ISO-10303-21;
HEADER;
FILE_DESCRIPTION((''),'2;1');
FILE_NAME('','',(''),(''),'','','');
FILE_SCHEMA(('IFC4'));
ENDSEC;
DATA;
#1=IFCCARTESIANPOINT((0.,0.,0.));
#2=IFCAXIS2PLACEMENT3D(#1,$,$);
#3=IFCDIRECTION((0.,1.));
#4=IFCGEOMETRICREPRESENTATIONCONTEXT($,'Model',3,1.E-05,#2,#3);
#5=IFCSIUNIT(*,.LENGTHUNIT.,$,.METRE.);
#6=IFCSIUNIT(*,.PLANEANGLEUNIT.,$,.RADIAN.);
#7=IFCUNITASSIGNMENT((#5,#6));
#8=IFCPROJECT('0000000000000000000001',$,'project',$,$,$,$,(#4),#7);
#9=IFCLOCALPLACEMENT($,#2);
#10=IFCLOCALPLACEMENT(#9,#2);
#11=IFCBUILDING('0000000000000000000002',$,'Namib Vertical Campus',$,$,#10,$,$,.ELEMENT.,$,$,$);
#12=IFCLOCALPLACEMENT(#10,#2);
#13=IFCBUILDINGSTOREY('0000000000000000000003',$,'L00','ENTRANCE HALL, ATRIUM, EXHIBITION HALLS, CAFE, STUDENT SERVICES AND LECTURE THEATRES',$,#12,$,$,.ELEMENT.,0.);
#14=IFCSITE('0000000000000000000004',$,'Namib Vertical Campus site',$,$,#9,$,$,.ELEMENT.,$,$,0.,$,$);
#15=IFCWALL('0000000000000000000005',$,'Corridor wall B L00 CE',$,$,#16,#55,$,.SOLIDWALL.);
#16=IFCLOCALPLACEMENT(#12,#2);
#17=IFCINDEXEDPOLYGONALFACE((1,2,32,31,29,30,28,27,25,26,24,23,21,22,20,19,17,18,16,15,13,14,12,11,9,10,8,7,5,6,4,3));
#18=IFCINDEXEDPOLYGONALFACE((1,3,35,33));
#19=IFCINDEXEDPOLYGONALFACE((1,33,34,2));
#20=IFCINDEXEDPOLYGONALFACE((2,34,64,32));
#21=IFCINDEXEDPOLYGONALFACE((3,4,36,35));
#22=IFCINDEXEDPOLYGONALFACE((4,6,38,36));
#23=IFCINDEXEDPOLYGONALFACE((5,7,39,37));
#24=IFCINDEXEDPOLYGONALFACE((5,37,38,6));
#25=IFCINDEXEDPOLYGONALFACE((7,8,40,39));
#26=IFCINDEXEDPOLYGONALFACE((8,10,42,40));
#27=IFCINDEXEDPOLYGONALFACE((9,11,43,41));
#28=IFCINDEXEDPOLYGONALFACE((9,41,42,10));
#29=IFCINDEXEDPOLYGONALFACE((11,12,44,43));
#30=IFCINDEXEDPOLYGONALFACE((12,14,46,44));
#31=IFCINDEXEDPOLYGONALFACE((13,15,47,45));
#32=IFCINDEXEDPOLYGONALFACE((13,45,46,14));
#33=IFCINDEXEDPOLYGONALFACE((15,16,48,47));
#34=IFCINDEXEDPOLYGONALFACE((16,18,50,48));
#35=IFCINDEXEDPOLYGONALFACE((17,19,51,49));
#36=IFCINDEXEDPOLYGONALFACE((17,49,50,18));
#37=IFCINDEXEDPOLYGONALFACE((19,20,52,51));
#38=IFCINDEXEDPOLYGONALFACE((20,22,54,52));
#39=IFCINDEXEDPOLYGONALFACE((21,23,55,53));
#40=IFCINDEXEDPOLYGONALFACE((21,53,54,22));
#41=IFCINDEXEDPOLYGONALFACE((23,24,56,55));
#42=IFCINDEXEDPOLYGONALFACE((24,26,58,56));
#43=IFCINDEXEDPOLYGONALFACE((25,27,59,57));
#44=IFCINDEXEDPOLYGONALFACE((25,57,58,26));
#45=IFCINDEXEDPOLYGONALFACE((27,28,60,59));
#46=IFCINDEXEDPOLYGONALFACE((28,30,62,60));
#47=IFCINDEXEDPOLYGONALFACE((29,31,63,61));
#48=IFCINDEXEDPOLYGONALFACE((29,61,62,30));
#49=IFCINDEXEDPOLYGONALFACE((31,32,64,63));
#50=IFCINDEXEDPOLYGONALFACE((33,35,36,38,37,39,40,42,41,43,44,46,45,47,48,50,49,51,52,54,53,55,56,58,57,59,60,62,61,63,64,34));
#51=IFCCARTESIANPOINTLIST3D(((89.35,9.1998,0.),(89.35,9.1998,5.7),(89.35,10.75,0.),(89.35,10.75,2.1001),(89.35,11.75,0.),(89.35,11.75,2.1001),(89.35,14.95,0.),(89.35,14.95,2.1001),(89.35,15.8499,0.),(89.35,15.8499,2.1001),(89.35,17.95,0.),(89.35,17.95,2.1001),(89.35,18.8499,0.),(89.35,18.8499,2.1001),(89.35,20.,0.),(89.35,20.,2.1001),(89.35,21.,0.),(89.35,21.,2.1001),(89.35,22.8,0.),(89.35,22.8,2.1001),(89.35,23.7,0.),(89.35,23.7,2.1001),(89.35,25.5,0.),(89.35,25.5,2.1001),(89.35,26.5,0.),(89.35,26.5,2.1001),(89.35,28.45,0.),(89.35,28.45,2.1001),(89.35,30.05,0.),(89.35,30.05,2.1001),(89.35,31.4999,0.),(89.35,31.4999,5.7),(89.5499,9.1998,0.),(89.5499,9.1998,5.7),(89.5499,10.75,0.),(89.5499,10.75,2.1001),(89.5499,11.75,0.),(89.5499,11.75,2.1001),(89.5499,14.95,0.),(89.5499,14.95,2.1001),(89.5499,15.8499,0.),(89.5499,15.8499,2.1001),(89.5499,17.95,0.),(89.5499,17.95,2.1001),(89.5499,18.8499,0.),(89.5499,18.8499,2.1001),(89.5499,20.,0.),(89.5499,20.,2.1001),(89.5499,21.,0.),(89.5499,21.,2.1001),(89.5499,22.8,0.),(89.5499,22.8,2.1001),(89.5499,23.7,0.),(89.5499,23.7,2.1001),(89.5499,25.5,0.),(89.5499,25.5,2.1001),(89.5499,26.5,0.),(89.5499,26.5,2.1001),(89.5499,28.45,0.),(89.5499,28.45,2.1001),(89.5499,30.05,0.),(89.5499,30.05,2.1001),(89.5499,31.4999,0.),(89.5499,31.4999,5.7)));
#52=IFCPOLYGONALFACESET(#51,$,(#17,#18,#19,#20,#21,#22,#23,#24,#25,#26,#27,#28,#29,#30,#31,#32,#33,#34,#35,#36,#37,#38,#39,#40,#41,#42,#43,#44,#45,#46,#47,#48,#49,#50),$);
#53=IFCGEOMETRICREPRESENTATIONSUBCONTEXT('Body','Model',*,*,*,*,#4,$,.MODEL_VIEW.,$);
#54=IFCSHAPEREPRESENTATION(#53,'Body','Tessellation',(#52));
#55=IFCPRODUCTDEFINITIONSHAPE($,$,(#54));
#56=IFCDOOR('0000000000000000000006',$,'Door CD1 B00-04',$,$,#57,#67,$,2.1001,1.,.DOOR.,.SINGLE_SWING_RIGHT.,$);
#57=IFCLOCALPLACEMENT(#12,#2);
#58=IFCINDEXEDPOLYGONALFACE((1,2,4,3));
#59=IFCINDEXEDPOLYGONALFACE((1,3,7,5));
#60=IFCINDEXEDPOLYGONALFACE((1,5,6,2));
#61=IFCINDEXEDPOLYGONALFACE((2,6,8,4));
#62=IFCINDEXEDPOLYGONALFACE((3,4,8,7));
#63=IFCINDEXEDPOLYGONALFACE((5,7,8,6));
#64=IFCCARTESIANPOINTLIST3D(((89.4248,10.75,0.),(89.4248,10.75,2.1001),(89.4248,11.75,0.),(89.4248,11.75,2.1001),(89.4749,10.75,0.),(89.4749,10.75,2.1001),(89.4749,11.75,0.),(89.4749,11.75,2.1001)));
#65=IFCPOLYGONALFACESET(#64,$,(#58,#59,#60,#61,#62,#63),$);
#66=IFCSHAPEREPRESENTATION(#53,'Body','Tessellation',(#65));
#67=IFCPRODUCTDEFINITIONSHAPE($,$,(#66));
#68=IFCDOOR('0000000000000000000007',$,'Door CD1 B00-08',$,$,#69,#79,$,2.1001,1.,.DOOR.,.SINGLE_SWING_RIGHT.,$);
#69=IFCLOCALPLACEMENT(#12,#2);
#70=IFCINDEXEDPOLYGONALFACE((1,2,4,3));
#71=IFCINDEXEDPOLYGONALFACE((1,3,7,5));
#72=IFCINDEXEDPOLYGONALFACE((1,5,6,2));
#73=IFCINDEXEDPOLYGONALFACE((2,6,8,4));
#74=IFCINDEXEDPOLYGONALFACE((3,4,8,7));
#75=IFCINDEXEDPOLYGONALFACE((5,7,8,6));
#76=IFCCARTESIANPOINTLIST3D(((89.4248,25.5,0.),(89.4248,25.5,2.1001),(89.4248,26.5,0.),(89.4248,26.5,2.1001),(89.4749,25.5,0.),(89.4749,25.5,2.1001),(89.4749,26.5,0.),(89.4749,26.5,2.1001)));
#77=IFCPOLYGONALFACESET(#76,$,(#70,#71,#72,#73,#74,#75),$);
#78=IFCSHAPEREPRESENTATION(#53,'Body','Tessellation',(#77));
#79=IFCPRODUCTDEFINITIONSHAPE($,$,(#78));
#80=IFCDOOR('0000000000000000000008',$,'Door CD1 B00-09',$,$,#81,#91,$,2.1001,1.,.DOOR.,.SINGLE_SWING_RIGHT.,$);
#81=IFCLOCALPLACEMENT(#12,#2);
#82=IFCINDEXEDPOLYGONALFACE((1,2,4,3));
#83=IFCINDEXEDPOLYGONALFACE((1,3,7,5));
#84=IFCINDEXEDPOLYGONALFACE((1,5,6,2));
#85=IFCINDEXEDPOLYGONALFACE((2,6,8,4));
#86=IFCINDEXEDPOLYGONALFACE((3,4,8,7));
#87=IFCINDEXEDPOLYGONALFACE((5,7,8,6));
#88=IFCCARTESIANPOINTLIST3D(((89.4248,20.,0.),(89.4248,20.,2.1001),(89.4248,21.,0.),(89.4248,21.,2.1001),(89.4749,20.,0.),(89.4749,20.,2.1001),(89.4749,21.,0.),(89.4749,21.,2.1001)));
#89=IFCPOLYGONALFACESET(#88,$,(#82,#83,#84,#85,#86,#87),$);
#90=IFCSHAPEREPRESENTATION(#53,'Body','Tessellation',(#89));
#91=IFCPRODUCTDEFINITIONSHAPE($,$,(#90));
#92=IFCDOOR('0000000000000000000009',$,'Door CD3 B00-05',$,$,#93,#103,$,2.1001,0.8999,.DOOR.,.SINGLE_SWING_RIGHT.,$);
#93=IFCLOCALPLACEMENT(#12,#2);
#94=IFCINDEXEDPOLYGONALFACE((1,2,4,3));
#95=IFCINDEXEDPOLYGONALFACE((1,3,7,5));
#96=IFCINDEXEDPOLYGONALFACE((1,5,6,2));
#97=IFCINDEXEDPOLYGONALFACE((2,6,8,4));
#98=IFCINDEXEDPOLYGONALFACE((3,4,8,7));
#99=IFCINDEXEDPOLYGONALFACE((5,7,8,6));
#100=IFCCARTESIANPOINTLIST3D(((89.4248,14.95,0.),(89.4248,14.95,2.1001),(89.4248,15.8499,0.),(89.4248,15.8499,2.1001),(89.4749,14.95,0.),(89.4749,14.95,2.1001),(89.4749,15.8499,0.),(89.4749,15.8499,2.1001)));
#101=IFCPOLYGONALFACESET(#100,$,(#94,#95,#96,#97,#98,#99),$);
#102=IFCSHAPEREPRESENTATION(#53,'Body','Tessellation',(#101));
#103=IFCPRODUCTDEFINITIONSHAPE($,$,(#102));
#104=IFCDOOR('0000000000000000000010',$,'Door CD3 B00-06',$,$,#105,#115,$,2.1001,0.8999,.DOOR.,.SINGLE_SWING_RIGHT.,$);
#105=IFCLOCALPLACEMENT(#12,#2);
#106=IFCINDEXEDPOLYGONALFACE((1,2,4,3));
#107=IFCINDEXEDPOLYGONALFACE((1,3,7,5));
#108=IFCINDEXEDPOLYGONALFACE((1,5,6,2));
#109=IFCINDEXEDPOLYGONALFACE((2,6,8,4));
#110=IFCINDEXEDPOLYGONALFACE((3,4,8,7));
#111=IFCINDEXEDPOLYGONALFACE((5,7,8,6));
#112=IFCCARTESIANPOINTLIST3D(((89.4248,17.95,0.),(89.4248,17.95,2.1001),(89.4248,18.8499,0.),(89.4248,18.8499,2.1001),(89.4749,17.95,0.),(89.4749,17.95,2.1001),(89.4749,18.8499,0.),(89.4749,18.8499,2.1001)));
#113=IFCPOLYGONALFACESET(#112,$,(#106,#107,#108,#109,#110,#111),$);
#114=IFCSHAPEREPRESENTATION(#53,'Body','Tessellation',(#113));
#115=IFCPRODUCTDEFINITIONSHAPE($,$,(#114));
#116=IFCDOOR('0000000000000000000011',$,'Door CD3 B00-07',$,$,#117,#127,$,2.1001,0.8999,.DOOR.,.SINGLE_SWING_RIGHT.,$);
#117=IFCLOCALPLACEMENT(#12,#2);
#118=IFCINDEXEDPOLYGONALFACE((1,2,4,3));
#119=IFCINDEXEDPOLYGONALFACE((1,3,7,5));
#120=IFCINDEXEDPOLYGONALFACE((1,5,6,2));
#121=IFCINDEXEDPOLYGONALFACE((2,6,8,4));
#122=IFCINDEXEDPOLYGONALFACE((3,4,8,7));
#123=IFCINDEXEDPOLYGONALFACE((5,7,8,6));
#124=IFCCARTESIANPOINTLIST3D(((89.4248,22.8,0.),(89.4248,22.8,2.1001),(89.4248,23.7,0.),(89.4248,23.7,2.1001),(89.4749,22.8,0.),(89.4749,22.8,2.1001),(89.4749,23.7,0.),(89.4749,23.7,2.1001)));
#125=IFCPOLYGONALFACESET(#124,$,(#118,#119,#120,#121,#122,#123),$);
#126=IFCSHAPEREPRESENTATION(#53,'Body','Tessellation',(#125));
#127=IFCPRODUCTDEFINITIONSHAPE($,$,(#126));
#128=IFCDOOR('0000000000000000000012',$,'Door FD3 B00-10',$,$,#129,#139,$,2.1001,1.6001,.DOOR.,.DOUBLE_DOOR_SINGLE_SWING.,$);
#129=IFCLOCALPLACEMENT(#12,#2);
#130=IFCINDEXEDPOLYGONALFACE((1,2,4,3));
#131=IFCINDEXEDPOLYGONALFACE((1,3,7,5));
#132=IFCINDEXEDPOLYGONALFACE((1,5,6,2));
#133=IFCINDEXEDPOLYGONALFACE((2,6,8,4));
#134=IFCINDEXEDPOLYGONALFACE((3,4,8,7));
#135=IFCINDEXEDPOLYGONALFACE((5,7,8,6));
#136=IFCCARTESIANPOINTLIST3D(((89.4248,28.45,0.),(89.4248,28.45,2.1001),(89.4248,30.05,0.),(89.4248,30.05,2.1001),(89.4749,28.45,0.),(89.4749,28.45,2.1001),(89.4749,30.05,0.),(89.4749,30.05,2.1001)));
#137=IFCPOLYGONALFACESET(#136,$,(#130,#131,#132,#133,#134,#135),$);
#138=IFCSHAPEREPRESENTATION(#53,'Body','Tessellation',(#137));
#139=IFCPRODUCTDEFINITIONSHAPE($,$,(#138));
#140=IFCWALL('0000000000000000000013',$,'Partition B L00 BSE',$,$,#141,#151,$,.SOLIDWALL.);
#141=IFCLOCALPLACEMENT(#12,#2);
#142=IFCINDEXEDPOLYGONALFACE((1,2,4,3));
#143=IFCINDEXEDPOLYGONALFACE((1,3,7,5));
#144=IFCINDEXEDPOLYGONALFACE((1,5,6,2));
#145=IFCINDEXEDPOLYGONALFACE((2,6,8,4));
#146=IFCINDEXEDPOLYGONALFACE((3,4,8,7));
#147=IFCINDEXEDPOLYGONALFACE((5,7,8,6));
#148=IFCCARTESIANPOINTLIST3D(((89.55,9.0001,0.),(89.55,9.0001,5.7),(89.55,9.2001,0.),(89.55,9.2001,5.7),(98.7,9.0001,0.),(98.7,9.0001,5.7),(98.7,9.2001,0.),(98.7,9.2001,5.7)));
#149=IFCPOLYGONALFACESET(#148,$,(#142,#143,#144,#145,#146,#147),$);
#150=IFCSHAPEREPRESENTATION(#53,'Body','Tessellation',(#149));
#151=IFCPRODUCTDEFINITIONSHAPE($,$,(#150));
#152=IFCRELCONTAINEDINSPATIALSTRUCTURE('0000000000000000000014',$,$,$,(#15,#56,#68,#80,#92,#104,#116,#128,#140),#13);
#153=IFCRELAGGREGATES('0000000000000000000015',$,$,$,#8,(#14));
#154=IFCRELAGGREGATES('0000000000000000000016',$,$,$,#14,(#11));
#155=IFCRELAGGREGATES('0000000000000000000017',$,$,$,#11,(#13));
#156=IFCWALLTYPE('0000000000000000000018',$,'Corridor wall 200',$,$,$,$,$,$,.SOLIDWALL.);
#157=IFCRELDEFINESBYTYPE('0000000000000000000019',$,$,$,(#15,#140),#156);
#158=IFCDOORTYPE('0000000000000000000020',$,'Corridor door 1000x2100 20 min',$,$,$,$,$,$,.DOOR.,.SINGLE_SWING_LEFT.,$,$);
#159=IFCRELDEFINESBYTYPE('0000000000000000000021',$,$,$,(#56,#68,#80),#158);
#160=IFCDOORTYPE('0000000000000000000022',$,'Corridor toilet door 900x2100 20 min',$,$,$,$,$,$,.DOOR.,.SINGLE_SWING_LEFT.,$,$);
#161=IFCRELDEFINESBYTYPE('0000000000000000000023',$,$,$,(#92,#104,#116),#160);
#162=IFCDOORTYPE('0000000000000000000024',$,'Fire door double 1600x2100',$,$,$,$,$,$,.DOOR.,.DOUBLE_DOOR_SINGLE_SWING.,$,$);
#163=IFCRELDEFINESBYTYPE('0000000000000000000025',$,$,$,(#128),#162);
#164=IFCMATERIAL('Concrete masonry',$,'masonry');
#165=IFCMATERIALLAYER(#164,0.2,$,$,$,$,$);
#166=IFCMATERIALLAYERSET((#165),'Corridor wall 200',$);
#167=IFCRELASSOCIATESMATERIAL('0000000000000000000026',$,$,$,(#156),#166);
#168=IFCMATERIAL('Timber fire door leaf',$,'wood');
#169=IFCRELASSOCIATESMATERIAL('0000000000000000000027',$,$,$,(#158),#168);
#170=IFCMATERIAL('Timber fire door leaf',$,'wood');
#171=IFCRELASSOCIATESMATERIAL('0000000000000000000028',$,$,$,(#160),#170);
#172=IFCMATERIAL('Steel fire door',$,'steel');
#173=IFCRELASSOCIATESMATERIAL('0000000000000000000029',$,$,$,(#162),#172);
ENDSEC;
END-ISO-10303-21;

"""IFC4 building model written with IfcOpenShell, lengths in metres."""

from ifc_helpers import new_model, si_unit, direction, frame, frame_2d, origin, place, context, subcontext, project, spatial, rectangle, extrude, material, layer, layer_set, type_object, element, fill, save


model = new_model("IFC4")

# Units and contexts
model_context = context("Model", 3, precision=1e-05, world=origin(), true_north=direction((0.0, 1.0)))
body_context = subcontext(model_context, "Body", "Model", "MODEL_VIEW")
ifc_project = project(units=[si_unit("LENGTHUNIT", "METRE"), si_unit("PLANEANGLEUNIT", "RADIAN")], contexts=[model_context])

# Site, building, storey
site_placement = place(None, origin())
site = spatial("IfcSite", under=ifc_project, at=site_placement, Name="Namib Vertical Campus site", CompositionType="ELEMENT", RefElevation=0.0)
building_placement = place(site_placement, origin())
building = spatial("IfcBuilding", under=site, at=building_placement, Name="Namib Vertical Campus", CompositionType="ELEMENT")
storey_placement = place(building_placement, origin())
storey = spatial("IfcBuildingStorey", under=building, at=storey_placement, Name="L00", Description="ENTRANCE HALL, ATRIUM, EXHIBITION HALLS, CAFE, STUDENT SERVICES AND LECTURE THEATRES", CompositionType="ELEMENT", Elevation=0.0)

# Wall, openings, doors
ifc_material_1 = material(Name="Concrete masonry", Category="masonry")
ifc_layer = layer(ifc_material_1, 0.2)
ifc_layer_set = layer_set([ifc_layer], Name="Corridor wall 200")
wall_type = type_object("IfcWallType", Name="Corridor wall 200", PredefinedType="SOLIDWALL", material=ifc_layer_set)
wall_1_placement = place(storey_placement, frame((89.45, 9.2, 0.0), z_axis=(0.0, 0.0, 1.0), x_axis=(0.0, 1.0, 0.0)))
wall_1 = element("IfcWall", 1, at=wall_1_placement, inside=storey, type_object=wall_type, Name="Corridor wall B L00 CE", PredefinedType="SOLIDWALL", context=body_context, shape_type="SweptSolid", body=[
    extrude(rectangle(XDim=22.3, YDim=0.2, at=frame_2d((11.1499, 0.0))), origin(), (0.0, 0.0, 1.0), 5.7),
])
opening_1_placement = place(wall_1_placement, frame((1.55, 0.0, 0.0)))
opening_1 = element("IfcOpeningElement", 2, at=opening_1_placement, cuts=wall_1, PredefinedType="OPENING", context=body_context, shape_type="SweptSolid", body=[
    extrude(rectangle(XDim=1.0, YDim=2.1001, at=frame_2d((0.5, 1.05))), frame((0.0, 0.1099, 0.0), z_axis=(0.0, -1.0, 0.0), x_axis=(1.0, 0.0, 0.0)), (0.0, 0.0, 1.0), 0.22),
])
opening_2_placement = place(wall_1_placement, frame((5.75, 0.0, 0.0)))
opening_2 = element("IfcOpeningElement", 3, at=opening_2_placement, cuts=wall_1, PredefinedType="OPENING", context=body_context, shape_type="SweptSolid", body=[
    extrude(rectangle(XDim=0.8999, YDim=2.1001, at=frame_2d((0.45, 1.05))), frame((0.0, 0.1099, 0.0), z_axis=(0.0, -1.0, 0.0), x_axis=(1.0, 0.0, 0.0)), (0.0, 0.0, 1.0), 0.22),
])
opening_3_placement = place(wall_1_placement, frame((8.75, 0.0, 0.0)))
opening_3 = element("IfcOpeningElement", 4, at=opening_3_placement, cuts=wall_1, PredefinedType="OPENING", context=body_context, shape_type="SweptSolid", body=[
    extrude(rectangle(XDim=0.8999, YDim=2.1001, at=frame_2d((0.45, 1.05))), frame((0.0, 0.1099, 0.0), z_axis=(0.0, -1.0, 0.0), x_axis=(1.0, 0.0, 0.0)), (0.0, 0.0, 1.0), 0.22),
])
opening_4_placement = place(wall_1_placement, frame((13.6001, 0.0, 0.0)))
opening_4 = element("IfcOpeningElement", 5, at=opening_4_placement, cuts=wall_1, PredefinedType="OPENING", context=body_context, shape_type="SweptSolid", body=[
    extrude(rectangle(XDim=0.8999, YDim=2.1001, at=frame_2d((0.45, 1.05))), frame((0.0, 0.1099, 0.0), z_axis=(0.0, -1.0, 0.0), x_axis=(1.0, 0.0, 0.0)), (0.0, 0.0, 1.0), 0.22),
])
opening_5_placement = place(wall_1_placement, frame((16.3, 0.0, 0.0)))
opening_5 = element("IfcOpeningElement", 6, at=opening_5_placement, cuts=wall_1, PredefinedType="OPENING", context=body_context, shape_type="SweptSolid", body=[
    extrude(rectangle(XDim=1.0, YDim=2.1001, at=frame_2d((0.5, 1.05))), frame((0.0, 0.1099, 0.0), z_axis=(0.0, -1.0, 0.0), x_axis=(1.0, 0.0, 0.0)), (0.0, 0.0, 1.0), 0.22),
])
opening_6_placement = place(wall_1_placement, frame((10.8, 0.0, 0.0)))
opening_6 = element("IfcOpeningElement", 7, at=opening_6_placement, cuts=wall_1, PredefinedType="OPENING", context=body_context, shape_type="SweptSolid", body=[
    extrude(rectangle(XDim=1.0, YDim=2.1001, at=frame_2d((0.5, 1.05))), frame((0.0, 0.1099, 0.0), z_axis=(0.0, -1.0, 0.0), x_axis=(1.0, 0.0, 0.0)), (0.0, 0.0, 1.0), 0.22),
])
opening_7_placement = place(wall_1_placement, frame((19.25, 0.0, 0.0)))
opening_7 = element("IfcOpeningElement", 8, at=opening_7_placement, cuts=wall_1, PredefinedType="OPENING", context=body_context, shape_type="SweptSolid", body=[
    extrude(rectangle(XDim=1.6001, YDim=2.1001, at=frame_2d((0.8, 1.05))), frame((0.0, 0.1099, 0.0), z_axis=(0.0, -1.0, 0.0), x_axis=(1.0, 0.0, 0.0)), (0.0, 0.0, 1.0), 0.22),
])
ifc_material_2 = material(Name="Timber fire door leaf", Category="wood")
door_type_1 = type_object("IfcDoorType", Name="Corridor door 1000x2100 20 min", OperationType="SINGLE_SWING_LEFT", PredefinedType="DOOR", material=ifc_material_2)
door_1_placement = place(opening_1_placement, frame((1.0, 0.0, 0.0), z_axis=(0.0, 0.0, 1.0), x_axis=(-1.0, 0.0, 0.0)))
door_1 = element("IfcDoor", 9, at=door_1_placement, inside=storey, type_object=door_type_1, Name="Door CD1 B00-04", OperationType="SINGLE_SWING_RIGHT", OverallHeight=2.1001, OverallWidth=1.0, PredefinedType="DOOR", context=body_context, shape_type="SweptSolid", body=[
    extrude(rectangle(XDim=1.0, YDim=2.1001, at=frame_2d((0.5, 1.05))), frame((0.0, 0.0249, 0.0), z_axis=(0.0, -1.0, 0.0), x_axis=(1.0, 0.0, 0.0)), (0.0, 0.0, 1.0), 0.05),
])
fill(opening_1, door_1)
door_2_placement = place(opening_5_placement, frame((1.0, 0.0, 0.0), z_axis=(0.0, 0.0, 1.0), x_axis=(-1.0, 0.0, 0.0)))
door_2 = element("IfcDoor", 10, at=door_2_placement, inside=storey, type_object=door_type_1, Name="Door CD1 B00-08", OperationType="SINGLE_SWING_RIGHT", OverallHeight=2.1001, OverallWidth=1.0, PredefinedType="DOOR", context=body_context, shape_type="SweptSolid", body=[
    extrude(rectangle(XDim=1.0, YDim=2.1001, at=frame_2d((0.5, 1.05))), frame((0.0, 0.0249, 0.0), z_axis=(0.0, -1.0, 0.0), x_axis=(1.0, 0.0, 0.0)), (0.0, 0.0, 1.0), 0.05),
])
fill(opening_5, door_2)
door_3_placement = place(opening_6_placement, frame((1.0, 0.0, 0.0), z_axis=(0.0, 0.0, 1.0), x_axis=(-1.0, 0.0, 0.0)))
door_3 = element("IfcDoor", 11, at=door_3_placement, inside=storey, type_object=door_type_1, Name="Door CD1 B00-09", OperationType="SINGLE_SWING_RIGHT", OverallHeight=2.1001, OverallWidth=1.0, PredefinedType="DOOR", context=body_context, shape_type="SweptSolid", body=[
    extrude(rectangle(XDim=1.0, YDim=2.1001, at=frame_2d((0.5, 1.05))), frame((0.0, 0.0249, 0.0), z_axis=(0.0, -1.0, 0.0), x_axis=(1.0, 0.0, 0.0)), (0.0, 0.0, 1.0), 0.05),
])
fill(opening_6, door_3)
ifc_material_3 = material(Name="Timber fire door leaf", Category="wood")
door_type_2 = type_object("IfcDoorType", Name="Corridor toilet door 900x2100 20 min", OperationType="SINGLE_SWING_LEFT", PredefinedType="DOOR", material=ifc_material_3)
door_4_placement = place(opening_2_placement, frame((0.8999, 0.0, 0.0), z_axis=(0.0, 0.0, 1.0), x_axis=(-1.0, 0.0, 0.0)))
door_4 = element("IfcDoor", 12, at=door_4_placement, inside=storey, type_object=door_type_2, Name="Door CD3 B00-05", OperationType="SINGLE_SWING_RIGHT", OverallHeight=2.1001, OverallWidth=0.8999, PredefinedType="DOOR", context=body_context, shape_type="SweptSolid", body=[
    extrude(rectangle(XDim=0.8999, YDim=2.1001, at=frame_2d((0.45, 1.05))), frame((0.0, 0.0249, 0.0), z_axis=(0.0, -1.0, 0.0), x_axis=(1.0, 0.0, 0.0)), (0.0, 0.0, 1.0), 0.05),
])
fill(opening_2, door_4)
door_5_placement = place(opening_3_placement, frame((0.8999, 0.0, 0.0), z_axis=(0.0, 0.0, 1.0), x_axis=(-1.0, 0.0, 0.0)))
door_5 = element("IfcDoor", 13, at=door_5_placement, inside=storey, type_object=door_type_2, Name="Door CD3 B00-06", OperationType="SINGLE_SWING_RIGHT", OverallHeight=2.1001, OverallWidth=0.8999, PredefinedType="DOOR", context=body_context, shape_type="SweptSolid", body=[
    extrude(rectangle(XDim=0.8999, YDim=2.1001, at=frame_2d((0.45, 1.05))), frame((0.0, 0.0249, 0.0), z_axis=(0.0, -1.0, 0.0), x_axis=(1.0, 0.0, 0.0)), (0.0, 0.0, 1.0), 0.05),
])
fill(opening_3, door_5)
door_6_placement = place(opening_4_placement, frame((0.8999, 0.0, 0.0), z_axis=(0.0, 0.0, 1.0), x_axis=(-1.0, 0.0, 0.0)))
door_6 = element("IfcDoor", 14, at=door_6_placement, inside=storey, type_object=door_type_2, Name="Door CD3 B00-07", OperationType="SINGLE_SWING_RIGHT", OverallHeight=2.1001, OverallWidth=0.8999, PredefinedType="DOOR", context=body_context, shape_type="SweptSolid", body=[
    extrude(rectangle(XDim=0.8999, YDim=2.1001, at=frame_2d((0.45, 1.05))), frame((0.0, 0.0249, 0.0), z_axis=(0.0, -1.0, 0.0), x_axis=(1.0, 0.0, 0.0)), (0.0, 0.0, 1.0), 0.05),
])
fill(opening_4, door_6)
ifc_material_4 = material(Name="Steel fire door", Category="steel")
door_type_3 = type_object("IfcDoorType", Name="Fire door double 1600x2100", OperationType="DOUBLE_DOOR_SINGLE_SWING", PredefinedType="DOOR", material=ifc_material_4)
door_7_placement = place(opening_7_placement, frame((1.6001, 0.0, 0.0), z_axis=(0.0, 0.0, 1.0), x_axis=(-1.0, 0.0, 0.0)))
door_7 = element("IfcDoor", 15, at=door_7_placement, inside=storey, type_object=door_type_3, Name="Door FD3 B00-10", OperationType="DOUBLE_DOOR_SINGLE_SWING", OverallHeight=2.1001, OverallWidth=1.6001, PredefinedType="DOOR", context=body_context, shape_type="SweptSolid", body=[
    extrude(rectangle(XDim=1.6001, YDim=2.1001, at=frame_2d((0.8, 1.05))), frame((0.0, 0.0249, 0.0), z_axis=(0.0, -1.0, 0.0), x_axis=(1.0, 0.0, 0.0)), (0.0, 0.0, 1.0), 0.05),
])
fill(opening_7, door_7)

# Wall
wall_2_placement = place(storey_placement, frame((89.55, 9.1001, 0.0), z_axis=(0.0, 0.0, 1.0), x_axis=(1.0, 0.0, 0.0)))
element("IfcWall", 16, at=wall_2_placement, inside=storey, type_object=wall_type, Name="Partition B L00 BSE", PredefinedType="SOLIDWALL", context=body_context, shape_type="SweptSolid", body=[
    extrude(rectangle(XDim=9.1499, YDim=0.2, at=frame_2d((4.575, 0.0))), origin(), (0.0, 0.0, 1.0), 5.7),
])

save(model, "model.ifc")
